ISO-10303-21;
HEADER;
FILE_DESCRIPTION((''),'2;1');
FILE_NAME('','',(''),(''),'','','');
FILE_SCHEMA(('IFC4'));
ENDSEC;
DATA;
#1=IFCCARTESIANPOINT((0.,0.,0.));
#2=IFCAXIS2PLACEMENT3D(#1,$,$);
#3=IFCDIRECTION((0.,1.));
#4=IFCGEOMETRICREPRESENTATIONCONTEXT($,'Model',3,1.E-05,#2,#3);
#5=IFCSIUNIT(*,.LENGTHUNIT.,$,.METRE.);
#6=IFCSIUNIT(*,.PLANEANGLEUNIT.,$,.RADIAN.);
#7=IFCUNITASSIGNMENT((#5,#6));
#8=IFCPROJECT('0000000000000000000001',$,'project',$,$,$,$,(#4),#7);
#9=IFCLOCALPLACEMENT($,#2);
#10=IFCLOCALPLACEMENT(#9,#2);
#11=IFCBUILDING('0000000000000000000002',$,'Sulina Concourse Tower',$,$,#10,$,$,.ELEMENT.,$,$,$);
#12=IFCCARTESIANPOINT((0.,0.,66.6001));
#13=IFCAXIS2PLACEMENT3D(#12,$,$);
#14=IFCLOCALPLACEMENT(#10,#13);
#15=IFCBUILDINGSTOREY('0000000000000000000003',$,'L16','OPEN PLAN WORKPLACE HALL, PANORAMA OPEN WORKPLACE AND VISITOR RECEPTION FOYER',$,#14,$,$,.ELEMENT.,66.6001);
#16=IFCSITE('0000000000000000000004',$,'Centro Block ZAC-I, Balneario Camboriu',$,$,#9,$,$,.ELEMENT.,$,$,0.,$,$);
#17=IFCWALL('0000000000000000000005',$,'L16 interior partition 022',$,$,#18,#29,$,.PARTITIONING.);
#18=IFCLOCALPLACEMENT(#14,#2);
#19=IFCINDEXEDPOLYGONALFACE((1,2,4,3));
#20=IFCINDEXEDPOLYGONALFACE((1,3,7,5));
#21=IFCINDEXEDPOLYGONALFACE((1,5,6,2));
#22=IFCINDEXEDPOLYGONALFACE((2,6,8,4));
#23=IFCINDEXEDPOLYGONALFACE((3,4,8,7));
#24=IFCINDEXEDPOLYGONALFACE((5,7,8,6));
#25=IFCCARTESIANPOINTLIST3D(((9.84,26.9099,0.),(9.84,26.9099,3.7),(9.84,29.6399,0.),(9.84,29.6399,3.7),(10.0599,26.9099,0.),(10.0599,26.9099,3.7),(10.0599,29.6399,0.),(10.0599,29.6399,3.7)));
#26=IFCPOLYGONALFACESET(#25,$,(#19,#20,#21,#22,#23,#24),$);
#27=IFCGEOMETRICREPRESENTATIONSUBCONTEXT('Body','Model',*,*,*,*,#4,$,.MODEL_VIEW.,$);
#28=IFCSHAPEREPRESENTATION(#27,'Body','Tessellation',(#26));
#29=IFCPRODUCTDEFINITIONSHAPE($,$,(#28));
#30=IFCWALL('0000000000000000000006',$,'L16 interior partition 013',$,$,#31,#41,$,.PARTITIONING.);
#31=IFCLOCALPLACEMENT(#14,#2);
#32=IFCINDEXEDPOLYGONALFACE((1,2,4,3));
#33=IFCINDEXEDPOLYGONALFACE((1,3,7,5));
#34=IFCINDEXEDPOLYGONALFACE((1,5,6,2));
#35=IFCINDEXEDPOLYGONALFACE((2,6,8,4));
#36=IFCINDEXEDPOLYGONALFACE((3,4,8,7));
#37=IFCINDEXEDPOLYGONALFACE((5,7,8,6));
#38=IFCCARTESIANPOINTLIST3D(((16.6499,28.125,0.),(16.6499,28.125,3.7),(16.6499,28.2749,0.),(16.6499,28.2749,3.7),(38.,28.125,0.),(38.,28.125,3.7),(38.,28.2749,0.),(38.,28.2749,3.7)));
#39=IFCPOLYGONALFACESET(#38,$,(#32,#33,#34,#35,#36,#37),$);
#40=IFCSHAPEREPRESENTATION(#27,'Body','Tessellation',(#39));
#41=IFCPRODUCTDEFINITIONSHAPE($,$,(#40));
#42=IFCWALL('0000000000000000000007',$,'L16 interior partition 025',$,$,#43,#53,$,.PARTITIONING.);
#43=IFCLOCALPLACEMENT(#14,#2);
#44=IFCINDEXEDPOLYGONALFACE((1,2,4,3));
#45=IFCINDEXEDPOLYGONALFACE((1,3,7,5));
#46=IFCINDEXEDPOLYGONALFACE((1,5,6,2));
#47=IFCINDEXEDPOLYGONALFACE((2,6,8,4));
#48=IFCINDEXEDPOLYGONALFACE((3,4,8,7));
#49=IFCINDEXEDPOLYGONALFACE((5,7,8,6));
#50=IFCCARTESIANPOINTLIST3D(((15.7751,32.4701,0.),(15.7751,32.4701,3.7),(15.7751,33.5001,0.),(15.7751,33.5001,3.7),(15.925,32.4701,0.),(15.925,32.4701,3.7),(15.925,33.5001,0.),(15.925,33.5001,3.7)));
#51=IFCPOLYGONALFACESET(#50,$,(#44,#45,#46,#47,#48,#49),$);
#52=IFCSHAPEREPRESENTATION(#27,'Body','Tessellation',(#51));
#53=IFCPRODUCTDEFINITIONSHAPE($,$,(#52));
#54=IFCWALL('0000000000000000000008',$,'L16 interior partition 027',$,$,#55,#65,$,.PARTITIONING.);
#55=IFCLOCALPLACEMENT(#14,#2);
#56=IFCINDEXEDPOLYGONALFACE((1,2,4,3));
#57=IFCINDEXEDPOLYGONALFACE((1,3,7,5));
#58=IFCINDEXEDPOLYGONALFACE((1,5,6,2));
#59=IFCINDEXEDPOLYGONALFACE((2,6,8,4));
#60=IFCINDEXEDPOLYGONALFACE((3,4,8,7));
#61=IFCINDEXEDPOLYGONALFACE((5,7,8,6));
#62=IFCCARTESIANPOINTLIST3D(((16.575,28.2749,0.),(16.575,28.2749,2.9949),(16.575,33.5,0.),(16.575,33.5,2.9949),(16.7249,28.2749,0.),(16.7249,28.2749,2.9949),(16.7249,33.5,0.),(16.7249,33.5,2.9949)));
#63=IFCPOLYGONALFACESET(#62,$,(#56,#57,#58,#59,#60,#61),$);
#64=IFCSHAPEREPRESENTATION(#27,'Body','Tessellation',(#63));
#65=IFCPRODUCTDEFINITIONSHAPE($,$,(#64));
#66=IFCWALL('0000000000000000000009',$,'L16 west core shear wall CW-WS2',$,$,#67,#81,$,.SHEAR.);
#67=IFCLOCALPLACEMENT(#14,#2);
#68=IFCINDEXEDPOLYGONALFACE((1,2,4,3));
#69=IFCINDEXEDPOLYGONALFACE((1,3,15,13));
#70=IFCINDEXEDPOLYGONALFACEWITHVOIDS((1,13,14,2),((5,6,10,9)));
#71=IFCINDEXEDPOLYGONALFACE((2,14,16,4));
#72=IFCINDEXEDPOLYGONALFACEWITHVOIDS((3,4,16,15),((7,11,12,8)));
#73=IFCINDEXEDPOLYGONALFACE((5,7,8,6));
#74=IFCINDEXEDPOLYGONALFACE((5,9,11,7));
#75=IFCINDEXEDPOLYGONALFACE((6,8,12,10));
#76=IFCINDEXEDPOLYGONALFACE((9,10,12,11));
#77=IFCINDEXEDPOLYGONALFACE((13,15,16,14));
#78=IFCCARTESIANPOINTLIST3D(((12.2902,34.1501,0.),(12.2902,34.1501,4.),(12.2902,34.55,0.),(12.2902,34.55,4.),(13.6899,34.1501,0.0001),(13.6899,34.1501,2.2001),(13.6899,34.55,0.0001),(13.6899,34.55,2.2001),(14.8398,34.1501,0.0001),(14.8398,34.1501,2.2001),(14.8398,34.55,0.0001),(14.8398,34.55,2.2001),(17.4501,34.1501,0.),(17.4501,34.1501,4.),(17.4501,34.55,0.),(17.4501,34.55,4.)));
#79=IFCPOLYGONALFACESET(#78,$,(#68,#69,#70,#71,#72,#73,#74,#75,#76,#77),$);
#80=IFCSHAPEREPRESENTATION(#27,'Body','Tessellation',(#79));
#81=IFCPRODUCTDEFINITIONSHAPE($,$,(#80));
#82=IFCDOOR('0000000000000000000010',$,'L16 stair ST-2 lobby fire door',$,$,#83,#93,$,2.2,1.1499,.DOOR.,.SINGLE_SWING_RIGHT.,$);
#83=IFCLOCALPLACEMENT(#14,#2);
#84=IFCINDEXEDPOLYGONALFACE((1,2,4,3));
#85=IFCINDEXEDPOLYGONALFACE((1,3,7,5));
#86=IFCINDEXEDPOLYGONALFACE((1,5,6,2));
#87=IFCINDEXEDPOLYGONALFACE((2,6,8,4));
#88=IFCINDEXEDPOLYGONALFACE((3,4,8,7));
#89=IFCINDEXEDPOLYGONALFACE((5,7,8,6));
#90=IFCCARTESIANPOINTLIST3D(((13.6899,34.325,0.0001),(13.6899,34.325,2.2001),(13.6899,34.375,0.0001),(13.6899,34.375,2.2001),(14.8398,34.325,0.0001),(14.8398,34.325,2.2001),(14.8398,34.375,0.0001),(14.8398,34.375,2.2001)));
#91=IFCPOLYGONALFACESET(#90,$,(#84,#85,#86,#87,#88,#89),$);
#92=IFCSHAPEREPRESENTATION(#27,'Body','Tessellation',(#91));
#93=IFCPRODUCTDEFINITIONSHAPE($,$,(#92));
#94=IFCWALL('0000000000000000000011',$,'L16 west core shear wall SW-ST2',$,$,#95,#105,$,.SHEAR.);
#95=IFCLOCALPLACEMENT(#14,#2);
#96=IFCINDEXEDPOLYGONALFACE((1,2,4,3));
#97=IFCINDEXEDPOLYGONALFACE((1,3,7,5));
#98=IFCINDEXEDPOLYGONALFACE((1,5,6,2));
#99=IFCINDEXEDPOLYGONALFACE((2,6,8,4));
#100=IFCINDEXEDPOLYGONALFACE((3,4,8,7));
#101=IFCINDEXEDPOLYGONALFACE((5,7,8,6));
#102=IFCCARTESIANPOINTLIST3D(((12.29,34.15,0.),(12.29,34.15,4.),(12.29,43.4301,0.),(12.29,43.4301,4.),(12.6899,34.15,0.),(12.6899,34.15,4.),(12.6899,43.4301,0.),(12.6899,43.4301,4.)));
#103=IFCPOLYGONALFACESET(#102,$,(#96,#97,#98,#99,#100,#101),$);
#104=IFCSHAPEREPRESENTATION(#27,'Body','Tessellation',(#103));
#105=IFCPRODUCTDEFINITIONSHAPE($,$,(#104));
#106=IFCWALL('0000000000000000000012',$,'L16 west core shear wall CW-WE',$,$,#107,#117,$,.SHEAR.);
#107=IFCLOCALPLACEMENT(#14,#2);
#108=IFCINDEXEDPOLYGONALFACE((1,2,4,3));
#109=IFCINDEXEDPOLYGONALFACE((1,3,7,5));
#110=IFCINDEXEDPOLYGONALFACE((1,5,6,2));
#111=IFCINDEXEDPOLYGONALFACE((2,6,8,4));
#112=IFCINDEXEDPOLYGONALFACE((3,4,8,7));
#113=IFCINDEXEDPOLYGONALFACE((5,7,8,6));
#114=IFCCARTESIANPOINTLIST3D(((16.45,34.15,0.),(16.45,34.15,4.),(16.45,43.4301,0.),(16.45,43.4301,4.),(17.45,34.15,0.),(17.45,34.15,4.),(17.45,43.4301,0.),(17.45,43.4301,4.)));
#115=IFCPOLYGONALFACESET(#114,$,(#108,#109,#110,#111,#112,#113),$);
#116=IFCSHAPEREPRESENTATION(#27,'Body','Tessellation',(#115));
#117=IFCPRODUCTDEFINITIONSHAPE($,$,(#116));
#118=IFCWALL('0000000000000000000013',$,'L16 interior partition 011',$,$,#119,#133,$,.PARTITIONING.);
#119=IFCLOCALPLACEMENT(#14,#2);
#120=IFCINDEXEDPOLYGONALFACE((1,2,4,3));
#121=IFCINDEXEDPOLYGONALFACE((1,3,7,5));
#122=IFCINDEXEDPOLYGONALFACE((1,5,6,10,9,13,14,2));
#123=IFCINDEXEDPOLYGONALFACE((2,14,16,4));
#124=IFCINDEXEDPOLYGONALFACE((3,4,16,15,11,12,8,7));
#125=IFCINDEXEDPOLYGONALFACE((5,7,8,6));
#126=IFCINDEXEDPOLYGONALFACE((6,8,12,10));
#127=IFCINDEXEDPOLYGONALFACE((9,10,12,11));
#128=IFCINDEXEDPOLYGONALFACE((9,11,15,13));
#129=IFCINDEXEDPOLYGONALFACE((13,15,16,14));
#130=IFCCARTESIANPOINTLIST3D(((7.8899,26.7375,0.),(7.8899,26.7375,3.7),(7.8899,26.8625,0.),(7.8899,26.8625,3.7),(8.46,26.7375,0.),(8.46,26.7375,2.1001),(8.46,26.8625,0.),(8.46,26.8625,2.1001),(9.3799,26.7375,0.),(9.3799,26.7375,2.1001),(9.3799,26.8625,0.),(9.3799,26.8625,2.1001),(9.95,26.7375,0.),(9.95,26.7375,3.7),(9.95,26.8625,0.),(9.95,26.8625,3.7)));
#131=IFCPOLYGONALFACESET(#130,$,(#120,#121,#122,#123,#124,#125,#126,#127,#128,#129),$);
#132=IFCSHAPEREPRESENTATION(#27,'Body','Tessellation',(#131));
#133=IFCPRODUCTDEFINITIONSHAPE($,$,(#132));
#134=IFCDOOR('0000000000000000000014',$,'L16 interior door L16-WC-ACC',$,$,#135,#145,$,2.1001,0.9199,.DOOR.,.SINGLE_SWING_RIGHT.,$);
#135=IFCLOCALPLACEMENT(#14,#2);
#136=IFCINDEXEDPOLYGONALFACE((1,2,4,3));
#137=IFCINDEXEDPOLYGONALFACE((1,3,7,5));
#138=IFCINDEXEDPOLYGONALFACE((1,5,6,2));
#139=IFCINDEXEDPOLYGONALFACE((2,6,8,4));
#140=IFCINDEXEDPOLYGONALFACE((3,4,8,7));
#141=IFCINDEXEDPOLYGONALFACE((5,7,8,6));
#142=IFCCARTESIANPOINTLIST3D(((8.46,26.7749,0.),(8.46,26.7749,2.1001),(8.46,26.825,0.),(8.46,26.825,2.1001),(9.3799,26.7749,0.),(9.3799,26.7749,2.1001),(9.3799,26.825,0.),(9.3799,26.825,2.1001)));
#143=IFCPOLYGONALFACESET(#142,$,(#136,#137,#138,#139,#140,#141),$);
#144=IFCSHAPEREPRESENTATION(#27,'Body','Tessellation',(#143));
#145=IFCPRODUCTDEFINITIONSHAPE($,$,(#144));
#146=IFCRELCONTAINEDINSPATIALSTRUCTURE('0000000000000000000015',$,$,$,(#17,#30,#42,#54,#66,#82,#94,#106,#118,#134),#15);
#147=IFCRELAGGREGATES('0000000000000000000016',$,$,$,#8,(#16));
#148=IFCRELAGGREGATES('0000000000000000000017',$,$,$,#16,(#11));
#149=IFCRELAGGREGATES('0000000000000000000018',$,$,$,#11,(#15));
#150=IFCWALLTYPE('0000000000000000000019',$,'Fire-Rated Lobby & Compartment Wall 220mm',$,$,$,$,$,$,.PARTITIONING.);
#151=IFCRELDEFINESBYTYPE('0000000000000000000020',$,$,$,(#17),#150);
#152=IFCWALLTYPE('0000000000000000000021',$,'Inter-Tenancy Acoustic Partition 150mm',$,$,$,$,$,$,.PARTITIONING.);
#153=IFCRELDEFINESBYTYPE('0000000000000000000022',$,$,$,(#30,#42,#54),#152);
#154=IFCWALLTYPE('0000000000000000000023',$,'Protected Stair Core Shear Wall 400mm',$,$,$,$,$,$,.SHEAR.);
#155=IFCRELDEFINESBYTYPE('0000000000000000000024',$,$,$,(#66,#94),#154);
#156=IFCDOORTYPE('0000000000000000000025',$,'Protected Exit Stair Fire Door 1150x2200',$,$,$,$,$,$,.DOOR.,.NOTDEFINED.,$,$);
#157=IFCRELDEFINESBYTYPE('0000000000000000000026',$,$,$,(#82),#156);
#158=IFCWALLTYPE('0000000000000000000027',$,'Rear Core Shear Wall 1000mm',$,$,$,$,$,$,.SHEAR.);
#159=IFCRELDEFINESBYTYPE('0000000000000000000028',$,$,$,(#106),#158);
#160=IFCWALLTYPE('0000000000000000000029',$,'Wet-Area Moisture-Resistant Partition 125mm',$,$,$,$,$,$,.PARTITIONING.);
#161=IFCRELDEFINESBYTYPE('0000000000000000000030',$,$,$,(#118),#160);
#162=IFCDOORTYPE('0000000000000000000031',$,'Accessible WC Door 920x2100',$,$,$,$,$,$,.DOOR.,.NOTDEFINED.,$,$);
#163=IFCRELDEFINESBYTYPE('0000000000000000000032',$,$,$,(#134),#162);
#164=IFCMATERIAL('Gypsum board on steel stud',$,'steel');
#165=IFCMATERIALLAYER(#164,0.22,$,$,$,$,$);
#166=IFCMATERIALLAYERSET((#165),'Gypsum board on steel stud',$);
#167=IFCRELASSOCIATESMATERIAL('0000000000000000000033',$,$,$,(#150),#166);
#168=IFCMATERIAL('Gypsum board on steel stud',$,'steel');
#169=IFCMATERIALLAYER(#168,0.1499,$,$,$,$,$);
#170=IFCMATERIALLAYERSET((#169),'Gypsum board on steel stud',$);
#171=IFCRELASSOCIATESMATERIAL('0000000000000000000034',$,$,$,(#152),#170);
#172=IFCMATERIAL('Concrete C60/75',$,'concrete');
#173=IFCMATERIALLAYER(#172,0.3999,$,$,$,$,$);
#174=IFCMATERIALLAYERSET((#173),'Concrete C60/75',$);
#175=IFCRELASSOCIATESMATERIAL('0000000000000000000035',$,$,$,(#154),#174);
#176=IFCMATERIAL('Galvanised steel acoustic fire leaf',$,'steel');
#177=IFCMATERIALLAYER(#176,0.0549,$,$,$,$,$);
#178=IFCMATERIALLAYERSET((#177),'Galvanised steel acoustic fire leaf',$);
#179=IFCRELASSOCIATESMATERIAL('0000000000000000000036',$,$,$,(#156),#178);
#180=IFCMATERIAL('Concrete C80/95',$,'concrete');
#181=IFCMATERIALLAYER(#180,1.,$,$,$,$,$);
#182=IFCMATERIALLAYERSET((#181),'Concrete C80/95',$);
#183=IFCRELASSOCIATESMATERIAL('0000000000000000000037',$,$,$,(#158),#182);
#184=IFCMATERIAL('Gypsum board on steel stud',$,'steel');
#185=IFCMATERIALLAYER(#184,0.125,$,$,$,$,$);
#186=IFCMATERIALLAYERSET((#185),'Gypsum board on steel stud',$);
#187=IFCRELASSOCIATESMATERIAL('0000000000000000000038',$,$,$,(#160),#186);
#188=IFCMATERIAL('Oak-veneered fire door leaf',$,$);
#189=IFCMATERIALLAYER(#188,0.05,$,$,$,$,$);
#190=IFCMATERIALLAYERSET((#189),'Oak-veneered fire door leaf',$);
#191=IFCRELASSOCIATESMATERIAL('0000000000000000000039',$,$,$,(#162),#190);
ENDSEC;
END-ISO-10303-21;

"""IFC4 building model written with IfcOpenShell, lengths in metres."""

from ifc_helpers import new_model, si_unit, direction, frame, frame_2d, origin, place, context, subcontext, project, spatial, rectangle, extrude, material, layer, layer_set, type_object, element, fill, save


model = new_model("IFC4")

# Units and contexts
model_context = context("Model", 3, precision=1e-05, world=origin(), true_north=direction((0.0, 1.0)))
body_context = subcontext(model_context, "Body", "Model", "MODEL_VIEW")
ifc_project = project(units=[si_unit("LENGTHUNIT", "METRE"), si_unit("PLANEANGLEUNIT", "RADIAN")], contexts=[model_context])

# Site, building, storey
site_placement = place(None, origin())
site = spatial("IfcSite", under=ifc_project, at=site_placement, Name="Centro Block ZAC-I, Balneario Camboriu", CompositionType="ELEMENT", RefElevation=0.0)
building_placement = place(site_placement, origin())
building = spatial("IfcBuilding", under=site, at=building_placement, Name="Sulina Concourse Tower", CompositionType="ELEMENT")
storey_placement = place(building_placement, frame((0.0, 0.0, 66.6001)))
storey = spatial("IfcBuildingStorey", under=building, at=storey_placement, Name="L16", Description="OPEN PLAN WORKPLACE HALL, PANORAMA OPEN WORKPLACE AND VISITOR RECEPTION FOYER", CompositionType="ELEMENT", Elevation=66.6001)

# Shared definitions
ifc_material_1 = material(Name="Gypsum board on steel stud", Category="steel")
ifc_layer_1 = layer(ifc_material_1, 0.22)
ifc_layer_set_1 = layer_set([ifc_layer_1], Name="Gypsum board on steel stud")
wall_type_1 = type_object("IfcWallType", Name="Fire-Rated Lobby & Compartment Wall 220mm", PredefinedType="PARTITIONING", material=ifc_layer_set_1)

# Walls
wall_1_placement = place(storey_placement, frame((9.95, 26.9099, 0.0), z_axis=(0.0, 0.0, 1.0), x_axis=(0.0, 1.0, 0.0)))
element("IfcWall", 1, at=wall_1_placement, inside=storey, type_object=wall_type_1, Name="L16 interior partition 022", PredefinedType="PARTITIONING", context=body_context, shape_type="SweptSolid", body=[
    extrude(rectangle(XDim=2.73, YDim=0.22, at=frame_2d((1.365, 0.0))), origin(), (0.0, 0.0, 1.0), 3.7),
])
ifc_material_2 = material(Name="Gypsum board on steel stud", Category="steel")
ifc_layer_2 = layer(ifc_material_2, 0.1499)
ifc_layer_set_2 = layer_set([ifc_layer_2], Name="Gypsum board on steel stud")
wall_type_2 = type_object("IfcWallType", Name="Inter-Tenancy Acoustic Partition 150mm", PredefinedType="PARTITIONING", material=ifc_layer_set_2)
wall_2_placement = place(storey_placement, frame((16.6499, 28.2, 0.0), z_axis=(0.0, 0.0, 1.0), x_axis=(1.0, 0.0, 0.0)))
element("IfcWall", 2, at=wall_2_placement, inside=storey, type_object=wall_type_2, Name="L16 interior partition 013", PredefinedType="PARTITIONING", context=body_context, shape_type="SweptSolid", body=[
    extrude(rectangle(XDim=21.3501, YDim=0.1499, at=frame_2d((10.675, 0.0))), origin(), (0.0, 0.0, 1.0), 3.7),
])
wall_3_placement = place(storey_placement, frame((15.8501, 32.47, 0.0), z_axis=(0.0, 0.0, 1.0), x_axis=(0.0, 1.0, 0.0)))
element("IfcWall", 3, at=wall_3_placement, inside=storey, type_object=wall_type_2, Name="L16 interior partition 025", PredefinedType="PARTITIONING", context=body_context, shape_type="SweptSolid", body=[
    extrude(rectangle(XDim=1.03, YDim=0.1499, at=frame_2d((0.5151, 0.0))), origin(), (0.0, 0.0, 1.0), 3.7),
])
wall_4_placement = place(storey_placement, frame((16.6499, 28.2749, 0.0), z_axis=(0.0, 0.0, 1.0), x_axis=(0.0, 1.0, 0.0)))
element("IfcWall", 4, at=wall_4_placement, inside=storey, type_object=wall_type_2, Name="L16 interior partition 027", PredefinedType="PARTITIONING", context=body_context, shape_type="SweptSolid", body=[
    extrude(rectangle(XDim=5.2251, YDim=0.1499, at=frame_2d((2.6125, 0.0))), origin(), (0.0, 0.0, 1.0), 2.9949),
])

# Wall, opening, door
ifc_material_3 = material(Name="Concrete C60/75", Category="concrete")
ifc_layer_3 = layer(ifc_material_3, 0.3999)
ifc_layer_set_3 = layer_set([ifc_layer_3], Name="Concrete C60/75")
wall_type_3 = type_object("IfcWallType", Name="Protected Stair Core Shear Wall 400mm", PredefinedType="SHEAR", material=ifc_layer_set_3)
wall_5_placement = place(storey_placement, frame((12.29, 34.3501, 0.0), z_axis=(0.0, 0.0, 1.0), x_axis=(1.0, 0.0, 0.0)))
wall_5 = element("IfcWall", 5, at=wall_5_placement, inside=storey, type_object=wall_type_3, Name="L16 west core shear wall CW-WS2", PredefinedType="SHEAR", context=body_context, shape_type="SweptSolid", body=[
    extrude(rectangle(XDim=5.1599, YDim=0.3999, at=frame_2d((2.5801, 0.0))), origin(), (0.0, 0.0, 1.0), 4.0),
])
opening_1_placement = place(wall_5_placement, frame((1.3999, 0.0, 0.0)))
opening_1 = element("IfcOpeningElement", 6, at=opening_1_placement, cuts=wall_5, PredefinedType="OPENING", context=body_context, shape_type="SweptSolid", body=[
    extrude(rectangle(XDim=1.1499, YDim=2.2, at=frame_2d((0.575, 1.1001))), frame((0.0, 0.21, 0.0), z_axis=(0.0, -1.0, 0.0), x_axis=(1.0, 0.0, 0.0)), (0.0, 0.0, 1.0), 0.4199),
])
ifc_material_4 = material(Name="Galvanised steel acoustic fire leaf", Category="steel")
ifc_layer_4 = layer(ifc_material_4, 0.0549)
ifc_layer_set_4 = layer_set([ifc_layer_4], Name="Galvanised steel acoustic fire leaf")
door_type_1 = type_object("IfcDoorType", Name="Protected Exit Stair Fire Door 1150x2200", OperationType="NOTDEFINED", PredefinedType="DOOR", material=ifc_layer_set_4)
door_1_placement = place(opening_1_placement, origin())
door_1 = element("IfcDoor", 7, at=door_1_placement, inside=storey, type_object=door_type_1, Name="L16 stair ST-2 lobby fire door", OperationType="SINGLE_SWING_RIGHT", OverallHeight=2.2, OverallWidth=1.1499, PredefinedType="DOOR", context=body_context, shape_type="SweptSolid", body=[
    extrude(rectangle(XDim=1.1499, YDim=2.2, at=frame_2d((0.575, 1.1001))), frame((0.0, 0.0249, 0.0), z_axis=(0.0, -1.0, 0.0), x_axis=(1.0, 0.0, 0.0)), (0.0, 0.0, 1.0), 0.05),
])
fill(opening_1, door_1)

# Walls
wall_6_placement = place(storey_placement, frame((12.49, 34.1499, 0.0), z_axis=(0.0, 0.0, 1.0), x_axis=(0.0, 1.0, 0.0)))
element("IfcWall", 8, at=wall_6_placement, inside=storey, type_object=wall_type_3, Name="L16 west core shear wall SW-ST2", PredefinedType="SHEAR", context=body_context, shape_type="SweptSolid", body=[
    extrude(rectangle(XDim=9.28, YDim=0.3999, at=frame_2d((4.6401, 0.0))), origin(), (0.0, 0.0, 1.0), 4.0),
])
ifc_material_5 = material(Name="Concrete C80/95", Category="concrete")
ifc_layer_5 = layer(ifc_material_5, 1.0)
ifc_layer_set_5 = layer_set([ifc_layer_5], Name="Concrete C80/95")
wall_type_4 = type_object("IfcWallType", Name="Rear Core Shear Wall 1000mm", PredefinedType="SHEAR", material=ifc_layer_set_5)
wall_7_placement = place(storey_placement, frame((16.95, 34.1499, 0.0), z_axis=(0.0, 0.0, 1.0), x_axis=(0.0, 1.0, 0.0)))
element("IfcWall", 9, at=wall_7_placement, inside=storey, type_object=wall_type_4, Name="L16 west core shear wall CW-WE", PredefinedType="SHEAR", context=body_context, shape_type="SweptSolid", body=[
    extrude(rectangle(XDim=9.28, YDim=1.0, at=frame_2d((4.6401, 0.0))), origin(), (0.0, 0.0, 1.0), 4.0),
])

# Wall, opening, door
ifc_material_6 = material(Name="Gypsum board on steel stud", Category="steel")
ifc_layer_6 = layer(ifc_material_6, 0.125)
ifc_layer_set_6 = layer_set([ifc_layer_6], Name="Gypsum board on steel stud")
wall_type_5 = type_object("IfcWallType", Name="Wet-Area Moisture-Resistant Partition 125mm", PredefinedType="PARTITIONING", material=ifc_layer_set_6)
wall_8_placement = place(storey_placement, frame((7.8899, 26.8, 0.0), z_axis=(0.0, 0.0, 1.0), x_axis=(1.0, 0.0, 0.0)))
wall_8 = element("IfcWall", 10, at=wall_8_placement, inside=storey, type_object=wall_type_5, Name="L16 interior partition 011", PredefinedType="PARTITIONING", context=body_context, shape_type="SweptSolid", body=[
    extrude(rectangle(XDim=2.0601, YDim=0.125, at=frame_2d((1.03, 0.0))), origin(), (0.0, 0.0, 1.0), 3.7),
])
opening_2_placement = place(wall_8_placement, frame((0.5701, 0.0, 0.0)))
opening_2 = element("IfcOpeningElement", 11, at=opening_2_placement, cuts=wall_8, PredefinedType="OPENING", context=body_context, shape_type="SweptSolid", body=[
    extrude(rectangle(XDim=0.9199, YDim=2.1001, at=frame_2d((0.46, 1.05))), frame((0.0, 0.0725, 0.0), z_axis=(0.0, -1.0, 0.0), x_axis=(1.0, 0.0, 0.0)), (0.0, 0.0, 1.0), 0.145),
])
ifc_material_7 = material(Name="Oak-veneered fire door leaf")
ifc_layer_7 = layer(ifc_material_7, 0.05)
ifc_layer_set_7 = layer_set([ifc_layer_7], Name="Oak-veneered fire door leaf")
door_type_2 = type_object("IfcDoorType", Name="Accessible WC Door 920x2100", OperationType="NOTDEFINED", PredefinedType="DOOR", material=ifc_layer_set_7)
door_2_placement = place(opening_2_placement, origin())
door_2 = element("IfcDoor", 12, at=door_2_placement, inside=storey, type_object=door_type_2, Name="L16 interior door L16-WC-ACC", OperationType="SINGLE_SWING_RIGHT", OverallHeight=2.1001, OverallWidth=0.9199, PredefinedType="DOOR", context=body_context, shape_type="SweptSolid", body=[
    extrude(rectangle(XDim=0.9199, YDim=2.1001, at=frame_2d((0.46, 1.05))), frame((0.0, 0.0249, 0.0), z_axis=(0.0, -1.0, 0.0), x_axis=(1.0, 0.0, 0.0)), (0.0, 0.0, 1.0), 0.05),
])
fill(opening_2, door_2)

save(model, "model.ifc")
